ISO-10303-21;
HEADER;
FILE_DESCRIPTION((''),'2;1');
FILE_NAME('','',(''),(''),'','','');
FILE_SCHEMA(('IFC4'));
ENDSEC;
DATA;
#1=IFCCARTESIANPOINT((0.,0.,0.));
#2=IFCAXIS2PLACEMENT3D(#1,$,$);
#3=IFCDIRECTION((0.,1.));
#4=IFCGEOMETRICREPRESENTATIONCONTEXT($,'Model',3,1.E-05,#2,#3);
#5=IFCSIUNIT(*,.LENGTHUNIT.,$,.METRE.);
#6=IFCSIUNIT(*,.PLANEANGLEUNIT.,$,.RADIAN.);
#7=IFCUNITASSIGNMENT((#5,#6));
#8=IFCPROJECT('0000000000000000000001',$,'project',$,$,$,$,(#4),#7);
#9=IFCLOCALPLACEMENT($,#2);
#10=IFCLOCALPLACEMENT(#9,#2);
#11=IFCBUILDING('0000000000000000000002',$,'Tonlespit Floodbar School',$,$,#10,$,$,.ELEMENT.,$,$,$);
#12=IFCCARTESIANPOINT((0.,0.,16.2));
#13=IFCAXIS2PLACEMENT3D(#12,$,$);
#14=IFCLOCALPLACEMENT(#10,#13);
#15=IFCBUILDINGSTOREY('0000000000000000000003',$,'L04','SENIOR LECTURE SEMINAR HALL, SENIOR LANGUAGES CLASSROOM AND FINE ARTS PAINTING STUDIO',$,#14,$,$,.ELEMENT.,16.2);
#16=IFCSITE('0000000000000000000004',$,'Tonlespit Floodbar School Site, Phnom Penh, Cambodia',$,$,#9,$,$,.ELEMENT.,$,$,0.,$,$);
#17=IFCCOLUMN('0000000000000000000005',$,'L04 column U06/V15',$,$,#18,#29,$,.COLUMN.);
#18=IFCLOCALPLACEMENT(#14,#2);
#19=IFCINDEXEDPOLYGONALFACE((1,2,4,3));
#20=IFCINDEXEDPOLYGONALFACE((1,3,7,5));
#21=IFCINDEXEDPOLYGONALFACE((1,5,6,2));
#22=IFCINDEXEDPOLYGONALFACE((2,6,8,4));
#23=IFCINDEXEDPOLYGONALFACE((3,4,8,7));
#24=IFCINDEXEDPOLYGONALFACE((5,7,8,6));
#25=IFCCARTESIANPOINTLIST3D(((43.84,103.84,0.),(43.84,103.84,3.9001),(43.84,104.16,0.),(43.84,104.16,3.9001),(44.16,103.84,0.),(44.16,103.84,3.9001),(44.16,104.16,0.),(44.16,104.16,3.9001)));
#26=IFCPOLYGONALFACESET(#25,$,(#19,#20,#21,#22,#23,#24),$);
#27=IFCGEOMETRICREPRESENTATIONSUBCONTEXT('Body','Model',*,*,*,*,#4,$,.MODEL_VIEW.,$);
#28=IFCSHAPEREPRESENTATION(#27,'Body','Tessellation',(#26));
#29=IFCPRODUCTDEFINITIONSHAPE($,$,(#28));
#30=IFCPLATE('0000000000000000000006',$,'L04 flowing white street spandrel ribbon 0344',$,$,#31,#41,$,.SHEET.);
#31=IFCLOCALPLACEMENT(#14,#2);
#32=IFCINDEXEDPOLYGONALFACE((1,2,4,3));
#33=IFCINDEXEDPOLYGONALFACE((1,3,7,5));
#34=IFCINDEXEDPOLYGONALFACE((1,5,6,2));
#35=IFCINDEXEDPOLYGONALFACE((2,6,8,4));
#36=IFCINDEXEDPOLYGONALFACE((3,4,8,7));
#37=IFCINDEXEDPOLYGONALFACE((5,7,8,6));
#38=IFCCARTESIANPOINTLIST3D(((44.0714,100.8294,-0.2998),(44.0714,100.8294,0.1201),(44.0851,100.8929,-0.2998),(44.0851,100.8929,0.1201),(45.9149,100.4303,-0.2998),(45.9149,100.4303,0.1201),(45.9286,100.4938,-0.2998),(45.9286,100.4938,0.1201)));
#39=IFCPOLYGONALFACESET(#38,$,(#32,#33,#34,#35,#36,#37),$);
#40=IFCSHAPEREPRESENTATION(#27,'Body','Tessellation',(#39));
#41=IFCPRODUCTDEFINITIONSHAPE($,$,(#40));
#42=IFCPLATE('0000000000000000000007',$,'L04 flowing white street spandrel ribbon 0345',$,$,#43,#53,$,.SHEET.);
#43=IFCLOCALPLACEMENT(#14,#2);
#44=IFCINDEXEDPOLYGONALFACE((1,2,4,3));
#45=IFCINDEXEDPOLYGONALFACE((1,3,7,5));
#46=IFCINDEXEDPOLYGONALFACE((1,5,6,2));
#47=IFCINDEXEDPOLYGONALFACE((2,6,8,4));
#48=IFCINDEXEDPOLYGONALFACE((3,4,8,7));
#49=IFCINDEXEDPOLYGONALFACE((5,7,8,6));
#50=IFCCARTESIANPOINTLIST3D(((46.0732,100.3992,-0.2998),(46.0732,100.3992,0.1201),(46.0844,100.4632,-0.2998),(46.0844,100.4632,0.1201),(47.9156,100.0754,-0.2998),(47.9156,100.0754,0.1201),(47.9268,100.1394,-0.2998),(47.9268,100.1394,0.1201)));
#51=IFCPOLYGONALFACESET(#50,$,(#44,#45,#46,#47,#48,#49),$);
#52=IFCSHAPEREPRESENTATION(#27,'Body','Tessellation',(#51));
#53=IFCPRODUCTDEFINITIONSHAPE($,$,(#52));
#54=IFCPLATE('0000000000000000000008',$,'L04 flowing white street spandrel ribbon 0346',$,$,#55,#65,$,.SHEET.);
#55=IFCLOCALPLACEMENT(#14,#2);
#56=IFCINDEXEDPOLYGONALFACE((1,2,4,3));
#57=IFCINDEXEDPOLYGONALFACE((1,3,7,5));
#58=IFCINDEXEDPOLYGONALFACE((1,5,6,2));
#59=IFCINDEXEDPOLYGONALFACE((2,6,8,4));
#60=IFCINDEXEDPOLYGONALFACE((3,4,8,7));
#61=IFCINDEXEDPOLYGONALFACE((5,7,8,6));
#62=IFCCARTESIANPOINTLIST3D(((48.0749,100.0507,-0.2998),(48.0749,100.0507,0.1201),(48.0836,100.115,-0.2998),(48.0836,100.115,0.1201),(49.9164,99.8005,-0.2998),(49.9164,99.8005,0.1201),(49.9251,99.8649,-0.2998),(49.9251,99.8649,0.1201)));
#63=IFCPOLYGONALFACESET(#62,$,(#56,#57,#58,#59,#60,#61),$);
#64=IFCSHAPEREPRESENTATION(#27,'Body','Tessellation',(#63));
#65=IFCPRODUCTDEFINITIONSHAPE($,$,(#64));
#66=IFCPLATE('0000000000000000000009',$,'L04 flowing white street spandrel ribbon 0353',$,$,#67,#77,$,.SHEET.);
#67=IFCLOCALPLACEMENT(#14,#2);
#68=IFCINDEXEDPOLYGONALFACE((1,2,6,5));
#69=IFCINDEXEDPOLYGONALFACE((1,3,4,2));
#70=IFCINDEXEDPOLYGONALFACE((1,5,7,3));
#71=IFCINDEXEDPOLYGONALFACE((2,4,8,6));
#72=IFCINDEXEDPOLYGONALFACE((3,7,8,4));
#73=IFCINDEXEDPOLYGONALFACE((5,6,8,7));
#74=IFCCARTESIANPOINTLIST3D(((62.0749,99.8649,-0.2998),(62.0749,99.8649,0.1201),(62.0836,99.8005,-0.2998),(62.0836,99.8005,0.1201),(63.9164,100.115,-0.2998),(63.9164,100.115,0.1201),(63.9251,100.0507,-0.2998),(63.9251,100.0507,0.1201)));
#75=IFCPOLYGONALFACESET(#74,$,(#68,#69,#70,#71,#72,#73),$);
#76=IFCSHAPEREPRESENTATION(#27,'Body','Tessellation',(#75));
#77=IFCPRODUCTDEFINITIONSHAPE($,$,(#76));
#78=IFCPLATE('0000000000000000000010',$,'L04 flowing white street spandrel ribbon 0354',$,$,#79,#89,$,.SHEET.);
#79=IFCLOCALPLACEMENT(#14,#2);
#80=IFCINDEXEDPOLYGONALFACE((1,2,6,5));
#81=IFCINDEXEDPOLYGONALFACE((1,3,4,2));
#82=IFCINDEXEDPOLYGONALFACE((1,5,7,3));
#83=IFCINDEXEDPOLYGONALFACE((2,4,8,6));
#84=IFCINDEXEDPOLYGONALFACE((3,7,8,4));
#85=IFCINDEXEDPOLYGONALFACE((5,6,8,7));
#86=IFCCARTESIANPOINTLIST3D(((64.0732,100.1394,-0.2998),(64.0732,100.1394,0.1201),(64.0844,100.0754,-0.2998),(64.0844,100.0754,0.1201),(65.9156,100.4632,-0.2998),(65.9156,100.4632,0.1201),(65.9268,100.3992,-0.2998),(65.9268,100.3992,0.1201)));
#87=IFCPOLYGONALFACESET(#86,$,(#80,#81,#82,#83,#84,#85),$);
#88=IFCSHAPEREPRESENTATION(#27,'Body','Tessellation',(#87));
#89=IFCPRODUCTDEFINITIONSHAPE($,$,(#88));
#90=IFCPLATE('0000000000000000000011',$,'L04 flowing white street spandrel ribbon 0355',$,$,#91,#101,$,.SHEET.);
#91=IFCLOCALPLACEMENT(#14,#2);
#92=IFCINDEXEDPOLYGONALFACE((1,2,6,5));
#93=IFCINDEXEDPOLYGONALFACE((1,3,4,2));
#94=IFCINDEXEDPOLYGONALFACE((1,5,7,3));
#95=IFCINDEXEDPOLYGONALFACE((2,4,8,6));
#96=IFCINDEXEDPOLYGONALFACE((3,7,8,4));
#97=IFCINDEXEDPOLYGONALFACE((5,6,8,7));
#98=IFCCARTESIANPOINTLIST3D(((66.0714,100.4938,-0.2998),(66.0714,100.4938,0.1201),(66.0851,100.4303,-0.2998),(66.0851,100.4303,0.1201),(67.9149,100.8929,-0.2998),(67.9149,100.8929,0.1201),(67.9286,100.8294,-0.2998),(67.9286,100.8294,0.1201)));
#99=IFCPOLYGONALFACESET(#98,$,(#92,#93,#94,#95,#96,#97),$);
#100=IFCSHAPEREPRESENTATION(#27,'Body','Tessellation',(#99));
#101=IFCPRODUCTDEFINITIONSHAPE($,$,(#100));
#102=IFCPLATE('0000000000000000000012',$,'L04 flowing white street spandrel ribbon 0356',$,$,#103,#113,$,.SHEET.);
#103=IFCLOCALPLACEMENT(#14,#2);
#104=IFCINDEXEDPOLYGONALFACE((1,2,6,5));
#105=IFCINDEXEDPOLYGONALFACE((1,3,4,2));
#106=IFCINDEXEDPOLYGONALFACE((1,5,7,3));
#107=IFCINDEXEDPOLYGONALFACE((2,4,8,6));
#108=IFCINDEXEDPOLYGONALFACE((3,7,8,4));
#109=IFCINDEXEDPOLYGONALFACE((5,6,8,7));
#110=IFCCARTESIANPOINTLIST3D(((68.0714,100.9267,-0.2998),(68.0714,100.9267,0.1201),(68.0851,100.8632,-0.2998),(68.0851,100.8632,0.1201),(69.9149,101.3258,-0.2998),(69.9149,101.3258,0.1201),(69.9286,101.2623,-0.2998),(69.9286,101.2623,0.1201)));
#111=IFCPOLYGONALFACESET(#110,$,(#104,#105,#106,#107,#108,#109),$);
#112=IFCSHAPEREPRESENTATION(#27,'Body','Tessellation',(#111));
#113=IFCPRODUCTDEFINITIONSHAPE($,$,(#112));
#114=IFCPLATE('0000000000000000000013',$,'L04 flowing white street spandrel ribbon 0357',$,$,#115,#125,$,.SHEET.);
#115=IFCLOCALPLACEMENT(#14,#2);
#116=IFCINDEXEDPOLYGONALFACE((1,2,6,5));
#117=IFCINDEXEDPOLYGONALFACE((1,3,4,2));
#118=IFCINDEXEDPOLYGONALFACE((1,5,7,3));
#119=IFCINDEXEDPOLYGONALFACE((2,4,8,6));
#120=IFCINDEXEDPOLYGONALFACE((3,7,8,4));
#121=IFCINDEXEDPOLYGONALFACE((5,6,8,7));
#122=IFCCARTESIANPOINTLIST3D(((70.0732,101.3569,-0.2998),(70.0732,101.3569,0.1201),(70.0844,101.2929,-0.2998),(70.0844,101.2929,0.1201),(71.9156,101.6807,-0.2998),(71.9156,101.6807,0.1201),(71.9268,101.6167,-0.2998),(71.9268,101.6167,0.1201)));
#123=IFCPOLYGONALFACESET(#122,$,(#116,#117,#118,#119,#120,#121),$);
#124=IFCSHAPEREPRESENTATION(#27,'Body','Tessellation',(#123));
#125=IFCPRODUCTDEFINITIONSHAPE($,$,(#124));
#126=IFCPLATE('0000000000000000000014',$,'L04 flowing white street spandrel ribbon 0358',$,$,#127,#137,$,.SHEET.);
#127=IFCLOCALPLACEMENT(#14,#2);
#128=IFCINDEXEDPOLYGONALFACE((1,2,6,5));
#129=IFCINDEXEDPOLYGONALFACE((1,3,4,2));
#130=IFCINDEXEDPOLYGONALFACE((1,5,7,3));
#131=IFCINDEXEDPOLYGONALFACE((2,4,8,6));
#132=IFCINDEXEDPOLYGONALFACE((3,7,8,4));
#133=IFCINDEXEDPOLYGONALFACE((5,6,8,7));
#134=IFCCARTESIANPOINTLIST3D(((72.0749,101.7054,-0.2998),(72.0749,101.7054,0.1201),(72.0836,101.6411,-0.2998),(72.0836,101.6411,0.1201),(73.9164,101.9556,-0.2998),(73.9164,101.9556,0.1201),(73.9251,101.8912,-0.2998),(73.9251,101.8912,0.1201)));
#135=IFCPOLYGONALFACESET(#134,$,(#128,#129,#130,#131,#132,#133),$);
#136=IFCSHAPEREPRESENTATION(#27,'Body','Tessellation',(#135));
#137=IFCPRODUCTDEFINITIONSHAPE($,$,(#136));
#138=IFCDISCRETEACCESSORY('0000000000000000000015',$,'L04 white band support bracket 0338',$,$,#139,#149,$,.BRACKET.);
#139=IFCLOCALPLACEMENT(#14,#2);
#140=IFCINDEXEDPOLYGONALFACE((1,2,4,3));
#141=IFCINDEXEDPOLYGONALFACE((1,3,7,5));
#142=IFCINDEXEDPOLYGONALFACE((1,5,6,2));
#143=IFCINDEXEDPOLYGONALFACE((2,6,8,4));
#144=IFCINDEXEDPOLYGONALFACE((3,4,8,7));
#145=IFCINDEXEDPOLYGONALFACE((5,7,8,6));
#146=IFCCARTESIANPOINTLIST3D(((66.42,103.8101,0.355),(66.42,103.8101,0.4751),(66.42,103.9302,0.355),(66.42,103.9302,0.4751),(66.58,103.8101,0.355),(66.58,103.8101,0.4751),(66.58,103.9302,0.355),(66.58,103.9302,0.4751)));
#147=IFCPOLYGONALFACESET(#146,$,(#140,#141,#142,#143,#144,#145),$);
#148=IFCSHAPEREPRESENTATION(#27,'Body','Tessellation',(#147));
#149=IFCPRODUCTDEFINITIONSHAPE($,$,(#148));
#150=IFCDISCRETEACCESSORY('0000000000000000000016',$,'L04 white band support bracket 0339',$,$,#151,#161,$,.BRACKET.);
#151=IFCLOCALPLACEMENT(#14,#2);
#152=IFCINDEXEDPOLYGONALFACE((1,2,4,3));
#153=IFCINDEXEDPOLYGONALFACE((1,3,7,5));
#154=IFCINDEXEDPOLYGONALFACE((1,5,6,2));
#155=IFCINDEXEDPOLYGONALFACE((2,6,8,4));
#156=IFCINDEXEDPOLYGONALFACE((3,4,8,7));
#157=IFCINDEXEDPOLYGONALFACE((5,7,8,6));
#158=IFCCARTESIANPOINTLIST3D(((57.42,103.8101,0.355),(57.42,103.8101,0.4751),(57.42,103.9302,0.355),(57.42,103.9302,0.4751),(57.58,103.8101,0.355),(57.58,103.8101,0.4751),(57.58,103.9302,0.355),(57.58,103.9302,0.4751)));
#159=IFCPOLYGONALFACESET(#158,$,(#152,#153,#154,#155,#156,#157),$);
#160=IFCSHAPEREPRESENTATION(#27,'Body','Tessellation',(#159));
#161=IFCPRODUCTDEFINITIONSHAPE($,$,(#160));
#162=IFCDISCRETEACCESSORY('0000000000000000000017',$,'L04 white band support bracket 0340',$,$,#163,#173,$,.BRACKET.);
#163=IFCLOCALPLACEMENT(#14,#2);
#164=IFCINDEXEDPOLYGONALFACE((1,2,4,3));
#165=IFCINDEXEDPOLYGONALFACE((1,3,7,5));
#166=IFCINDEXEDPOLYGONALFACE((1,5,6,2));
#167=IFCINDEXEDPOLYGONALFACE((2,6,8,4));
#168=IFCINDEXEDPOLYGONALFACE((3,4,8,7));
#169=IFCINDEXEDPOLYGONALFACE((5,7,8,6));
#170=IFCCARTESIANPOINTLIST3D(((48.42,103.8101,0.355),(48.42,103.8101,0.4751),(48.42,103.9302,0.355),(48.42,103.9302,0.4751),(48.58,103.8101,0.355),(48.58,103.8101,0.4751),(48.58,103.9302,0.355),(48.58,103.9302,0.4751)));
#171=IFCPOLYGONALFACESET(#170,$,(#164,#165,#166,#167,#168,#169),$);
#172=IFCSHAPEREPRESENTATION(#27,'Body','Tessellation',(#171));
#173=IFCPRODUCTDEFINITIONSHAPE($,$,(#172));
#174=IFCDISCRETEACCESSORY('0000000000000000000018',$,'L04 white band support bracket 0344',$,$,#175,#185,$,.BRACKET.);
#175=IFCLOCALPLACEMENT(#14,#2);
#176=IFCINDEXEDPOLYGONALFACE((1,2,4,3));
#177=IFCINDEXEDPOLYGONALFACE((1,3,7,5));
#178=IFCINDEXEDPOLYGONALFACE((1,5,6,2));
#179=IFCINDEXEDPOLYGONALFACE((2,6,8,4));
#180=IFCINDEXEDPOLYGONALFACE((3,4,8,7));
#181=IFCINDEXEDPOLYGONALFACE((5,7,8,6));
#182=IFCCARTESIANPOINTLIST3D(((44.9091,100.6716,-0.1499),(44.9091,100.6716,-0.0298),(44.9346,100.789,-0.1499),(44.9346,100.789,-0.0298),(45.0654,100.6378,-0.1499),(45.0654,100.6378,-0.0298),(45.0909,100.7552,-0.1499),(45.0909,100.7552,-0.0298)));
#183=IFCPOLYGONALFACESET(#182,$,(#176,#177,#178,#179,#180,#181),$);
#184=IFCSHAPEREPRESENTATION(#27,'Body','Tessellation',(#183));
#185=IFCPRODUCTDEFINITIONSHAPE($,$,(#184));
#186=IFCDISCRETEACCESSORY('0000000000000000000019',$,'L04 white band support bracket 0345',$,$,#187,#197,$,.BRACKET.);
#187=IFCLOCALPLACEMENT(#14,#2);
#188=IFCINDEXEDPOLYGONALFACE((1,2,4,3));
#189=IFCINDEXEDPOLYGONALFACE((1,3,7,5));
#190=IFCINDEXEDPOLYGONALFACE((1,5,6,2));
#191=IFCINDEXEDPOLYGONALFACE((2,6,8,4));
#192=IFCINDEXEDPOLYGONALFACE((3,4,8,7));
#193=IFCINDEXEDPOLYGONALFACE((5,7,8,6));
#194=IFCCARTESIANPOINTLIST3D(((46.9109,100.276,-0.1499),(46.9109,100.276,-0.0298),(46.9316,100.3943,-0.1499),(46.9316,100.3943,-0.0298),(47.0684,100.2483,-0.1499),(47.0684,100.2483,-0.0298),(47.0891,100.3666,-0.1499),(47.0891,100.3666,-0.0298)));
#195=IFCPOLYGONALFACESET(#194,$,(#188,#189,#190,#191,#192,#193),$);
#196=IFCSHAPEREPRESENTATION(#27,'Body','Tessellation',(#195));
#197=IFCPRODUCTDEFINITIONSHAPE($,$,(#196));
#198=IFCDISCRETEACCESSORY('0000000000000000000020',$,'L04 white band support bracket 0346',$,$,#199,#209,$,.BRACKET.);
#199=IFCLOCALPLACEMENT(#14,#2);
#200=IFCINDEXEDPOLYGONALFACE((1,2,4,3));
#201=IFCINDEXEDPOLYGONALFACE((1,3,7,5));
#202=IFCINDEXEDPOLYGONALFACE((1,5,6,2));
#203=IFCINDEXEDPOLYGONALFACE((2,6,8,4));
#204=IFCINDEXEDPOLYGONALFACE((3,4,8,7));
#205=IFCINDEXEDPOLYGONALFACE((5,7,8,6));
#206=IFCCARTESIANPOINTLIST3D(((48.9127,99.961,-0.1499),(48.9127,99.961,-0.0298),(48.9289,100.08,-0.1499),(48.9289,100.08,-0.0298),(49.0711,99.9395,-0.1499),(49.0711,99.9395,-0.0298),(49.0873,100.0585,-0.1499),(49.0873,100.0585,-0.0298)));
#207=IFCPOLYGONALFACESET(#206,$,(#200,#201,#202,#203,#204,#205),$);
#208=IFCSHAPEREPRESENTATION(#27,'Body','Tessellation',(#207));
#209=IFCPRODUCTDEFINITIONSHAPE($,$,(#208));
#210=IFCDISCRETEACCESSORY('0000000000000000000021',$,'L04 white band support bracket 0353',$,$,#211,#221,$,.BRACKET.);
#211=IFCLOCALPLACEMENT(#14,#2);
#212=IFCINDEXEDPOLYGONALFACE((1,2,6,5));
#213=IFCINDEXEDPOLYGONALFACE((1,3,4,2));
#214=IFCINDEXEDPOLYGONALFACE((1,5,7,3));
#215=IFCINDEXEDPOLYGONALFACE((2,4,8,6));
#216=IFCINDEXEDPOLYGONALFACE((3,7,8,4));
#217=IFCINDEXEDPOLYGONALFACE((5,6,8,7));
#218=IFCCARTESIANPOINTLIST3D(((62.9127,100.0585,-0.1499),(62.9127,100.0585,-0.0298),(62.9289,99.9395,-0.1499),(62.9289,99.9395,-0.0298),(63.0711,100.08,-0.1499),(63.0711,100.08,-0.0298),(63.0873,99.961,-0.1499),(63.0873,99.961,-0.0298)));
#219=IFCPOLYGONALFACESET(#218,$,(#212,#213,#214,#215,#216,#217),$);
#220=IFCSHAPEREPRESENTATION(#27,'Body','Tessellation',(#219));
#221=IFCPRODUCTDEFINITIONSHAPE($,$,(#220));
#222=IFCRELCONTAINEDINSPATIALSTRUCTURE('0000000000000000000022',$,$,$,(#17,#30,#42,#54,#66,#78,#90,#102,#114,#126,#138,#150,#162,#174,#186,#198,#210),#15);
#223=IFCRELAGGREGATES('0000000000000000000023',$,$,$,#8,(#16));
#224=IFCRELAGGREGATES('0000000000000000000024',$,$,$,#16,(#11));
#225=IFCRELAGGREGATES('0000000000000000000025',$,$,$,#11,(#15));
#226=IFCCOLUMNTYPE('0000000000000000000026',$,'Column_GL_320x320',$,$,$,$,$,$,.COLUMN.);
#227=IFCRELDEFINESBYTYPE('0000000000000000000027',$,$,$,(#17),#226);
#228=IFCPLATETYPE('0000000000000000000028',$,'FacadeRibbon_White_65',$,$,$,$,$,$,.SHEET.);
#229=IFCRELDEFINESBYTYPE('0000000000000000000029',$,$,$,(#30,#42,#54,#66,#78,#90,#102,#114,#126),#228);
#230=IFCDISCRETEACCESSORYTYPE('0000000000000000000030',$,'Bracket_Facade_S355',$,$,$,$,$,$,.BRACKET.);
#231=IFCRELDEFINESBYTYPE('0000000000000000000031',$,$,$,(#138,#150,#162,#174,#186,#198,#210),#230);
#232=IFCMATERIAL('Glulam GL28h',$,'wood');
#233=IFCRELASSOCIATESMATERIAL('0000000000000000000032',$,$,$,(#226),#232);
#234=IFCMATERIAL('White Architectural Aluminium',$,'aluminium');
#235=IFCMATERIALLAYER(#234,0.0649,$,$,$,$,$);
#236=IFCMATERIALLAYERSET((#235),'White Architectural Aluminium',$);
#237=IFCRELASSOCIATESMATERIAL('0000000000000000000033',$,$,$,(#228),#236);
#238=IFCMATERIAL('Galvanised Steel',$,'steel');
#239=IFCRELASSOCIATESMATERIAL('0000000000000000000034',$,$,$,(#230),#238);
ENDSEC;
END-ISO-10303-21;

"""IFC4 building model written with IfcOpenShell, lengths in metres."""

from ifc_helpers import new_model, si_unit, direction, frame, origin, origin_2d, place, context, subcontext, project, spatial, rectangle, extrude, material, layer, layer_set, material_profile, profile_set, type_object, element, save


model = new_model("IFC4")

# Units and contexts
model_context = context("Model", 3, precision=1e-05, world=origin(), true_north=direction((0.0, 1.0)))
body_context = subcontext(model_context, "Body", "Model", "MODEL_VIEW")
ifc_project = project(units=[si_unit("LENGTHUNIT", "METRE"), si_unit("PLANEANGLEUNIT", "RADIAN")], contexts=[model_context])

# Site, building, storey
site_placement = place(None, origin())
site = spatial("IfcSite", under=ifc_project, at=site_placement, Name="Tonlespit Floodbar School Site, Phnom Penh, Cambodia", CompositionType="ELEMENT", RefElevation=0.0)
building_placement = place(site_placement, origin())
building = spatial("IfcBuilding", under=site, at=building_placement, Name="Tonlespit Floodbar School", CompositionType="ELEMENT")
storey_placement = place(building_placement, frame((0.0, 0.0, 16.2)))
storey = spatial("IfcBuildingStorey", under=building, at=storey_placement, Name="L04", Description="SENIOR LECTURE SEMINAR HALL, SENIOR LANGUAGES CLASSROOM AND FINE ARTS PAINTING STUDIO", CompositionType="ELEMENT", Elevation=16.2)

# Column
ifc_material_1 = material(Name="Glulam GL28h", Category="wood")
ifc_material_profile = material_profile(ifc_material_1, rectangle(XDim=0.3201, YDim=0.3201, at=origin_2d()), Name="GL 320x320")
ifc_profile_set = profile_set([ifc_material_profile], Name="Glulam GL28h")
column_type = type_object("IfcColumnType", Name="Column_GL_320x320", PredefinedType="COLUMN", material=ifc_profile_set)
column_placement = place(storey_placement, frame((44.0, 104.0, 0.0), z_axis=(0.0, 0.0, 1.0), x_axis=(1.0, 0.0, 0.0)))
element("IfcColumn", 1, at=column_placement, inside=storey, type_object=column_type, Name="L04 column U06/V15", PredefinedType="COLUMN", context=body_context, shape_type="SweptSolid", body=[
    extrude(rectangle(XDim=0.3201, YDim=0.3201, at=origin_2d()), origin(), (0.0, 0.0, 1.0), 3.9001),
])

# Plates
ifc_material_2 = material(Name="White Architectural Aluminium", Category="aluminium")
ifc_layer = layer(ifc_material_2, 0.0649)
ifc_layer_set = layer_set([ifc_layer], Name="White Architectural Aluminium")
plate_type = type_object("IfcPlateType", Name="FacadeRibbon_White_65", PredefinedType="SHEET", material=ifc_layer_set)
plate_1_placement = place(storey_placement, frame((45.0, 100.6616, -0.2998), z_axis=(0.0, 0.0, 1.0), x_axis=(0.977357, -0.211598, 0.0)))
element("IfcPlate", 2, at=plate_1_placement, inside=storey, type_object=plate_type, Name="L04 flowing white street spandrel ribbon 0344", PredefinedType="SHEET", context=body_context, shape_type="SweptSolid", body=[
    extrude(rectangle(XDim=1.8862, YDim=0.0649, at=origin_2d()), origin(), (0.0, 0.0, 1.0), 0.4199),
])
plate_2_placement = place(storey_placement, frame((47.0, 100.2693, -0.2998), z_axis=(0.0, 0.0, 1.0), x_axis=(0.984905, -0.173096, 0.0)))
element("IfcPlate", 3, at=plate_2_placement, inside=storey, type_object=plate_type, Name="L04 flowing white street spandrel ribbon 0345", PredefinedType="SHEET", context=body_context, shape_type="SweptSolid", body=[
    extrude(rectangle(XDim=1.8706, YDim=0.0649, at=origin_2d()), origin(), (0.0, 0.0, 1.0), 0.4199),
])
for number, where, z_axis, x_axis, name in (
    (4, (49.0, 99.9578, -0.2998), (0.0, 0.0, 1.0), (0.990898, -0.134614, 0.0), "L04 flowing white street spandrel ribbon 0346"),
    (5, (63.0, 99.9578, -0.2998), (0.0, 0.0, 1.0), (0.990898, 0.134614, 0.0), "L04 flowing white street spandrel ribbon 0353"),
):
    element("IfcPlate", number, at=place(storey_placement, frame(where, z_axis=z_axis, x_axis=x_axis)), inside=storey, type_object=plate_type, Name=name, PredefinedType="SHEET", context=body_context, shape_type="SweptSolid", body=[
        extrude(rectangle(XDim=1.8584, YDim=0.0649, at=origin_2d()), origin(), (0.0, 0.0, 1.0), 0.4199),
    ])
plate_3_placement = place(storey_placement, frame((65.0, 100.2693, -0.2998), z_axis=(0.0, 0.0, 1.0), x_axis=(0.984905, 0.173096, 0.0)))
element("IfcPlate", 6, at=plate_3_placement, inside=storey, type_object=plate_type, Name="L04 flowing white street spandrel ribbon 0354", PredefinedType="SHEET", context=body_context, shape_type="SweptSolid", body=[
    extrude(rectangle(XDim=1.8706, YDim=0.0649, at=origin_2d()), origin(), (0.0, 0.0, 1.0), 0.4199),
])
for number, where, z_axis, x_axis, name in (
    (7, (67.0, 100.6616, -0.2998), (0.0, 0.0, 1.0), (0.977357, 0.211598, 0.0), "L04 flowing white street spandrel ribbon 0355"),
    (8, (69.0, 101.0945, -0.2998), (0.0, 0.0, 1.0), (0.977357, 0.211598, 0.0), "L04 flowing white street spandrel ribbon 0356"),
):
    element("IfcPlate", number, at=place(storey_placement, frame(where, z_axis=z_axis, x_axis=x_axis)), inside=storey, type_object=plate_type, Name=name, PredefinedType="SHEET", context=body_context, shape_type="SweptSolid", body=[
        extrude(rectangle(XDim=1.8862, YDim=0.0649, at=origin_2d()), origin(), (0.0, 0.0, 1.0), 0.4199),
    ])
plate_4_placement = place(storey_placement, frame((71.0, 101.4868, -0.2998), z_axis=(0.0, 0.0, 1.0), x_axis=(0.984905, 0.173096, 0.0)))
element("IfcPlate", 9, at=plate_4_placement, inside=storey, type_object=plate_type, Name="L04 flowing white street spandrel ribbon 0357", PredefinedType="SHEET", context=body_context, shape_type="SweptSolid", body=[
    extrude(rectangle(XDim=1.8706, YDim=0.0649, at=origin_2d()), origin(), (0.0, 0.0, 1.0), 0.4199),
])
plate_5_placement = place(storey_placement, frame((73.0, 101.7983, -0.2998), z_axis=(0.0, 0.0, 1.0), x_axis=(0.990898, 0.134614, 0.0)))
element("IfcPlate", 10, at=plate_5_placement, inside=storey, type_object=plate_type, Name="L04 flowing white street spandrel ribbon 0358", PredefinedType="SHEET", context=body_context, shape_type="SweptSolid", body=[
    extrude(rectangle(XDim=1.8584, YDim=0.0649, at=origin_2d()), origin(), (0.0, 0.0, 1.0), 0.4199),
])

# Discrete accessories
ifc_material_3 = material(Name="Galvanised Steel", Category="steel")
discrete_accessory_type = type_object("IfcDiscreteAccessoryType", Name="Bracket_Facade_S355", PredefinedType="BRACKET", material=ifc_material_3)
for number, where, z_axis, x_axis, name in (
    (11, (66.5, 103.8701, 0.355), (0.0, 0.0, 1.0), (-1.0, 0.0, 0.0), "L04 white band support bracket 0338"),
    (12, (57.5, 103.8701, 0.355), (0.0, 0.0, 1.0), (-1.0, 0.0, 0.0), "L04 white band support bracket 0339"),
    (13, (48.5, 103.8701, 0.355), (0.0, 0.0, 1.0), (-1.0, 0.0, 0.0), "L04 white band support bracket 0340"),
    (14, (45.0, 100.7134, -0.1499), (0.0, 0.0, 1.0), (0.977357, -0.211598, 0.0), "L04 white band support bracket 0344"),
    (15, (47.0, 100.3213, -0.1499), (0.0, 0.0, 1.0), (0.984905, -0.173096, 0.0), "L04 white band support bracket 0345"),
    (16, (49.0, 100.0098, -0.1499), (0.0, 0.0, 1.0), (0.990898, -0.134614, 0.0), "L04 white band support bracket 0346"),
    (17, (63.0, 100.0098, -0.1499), (0.0, 0.0, 1.0), (0.990898, 0.134614, 0.0), "L04 white band support bracket 0353"),
):
    element("IfcDiscreteAccessory", number, at=place(storey_placement, frame(where, z_axis=z_axis, x_axis=x_axis)), inside=storey, type_object=discrete_accessory_type, Name=name, PredefinedType="BRACKET", context=body_context, shape_type="SweptSolid", body=[
        extrude(rectangle(XDim=0.1599, YDim=0.1201, at=origin_2d()), origin(), (0.0, 0.0, 1.0), 0.1201),
    ])

save(model, "model.ifc")
